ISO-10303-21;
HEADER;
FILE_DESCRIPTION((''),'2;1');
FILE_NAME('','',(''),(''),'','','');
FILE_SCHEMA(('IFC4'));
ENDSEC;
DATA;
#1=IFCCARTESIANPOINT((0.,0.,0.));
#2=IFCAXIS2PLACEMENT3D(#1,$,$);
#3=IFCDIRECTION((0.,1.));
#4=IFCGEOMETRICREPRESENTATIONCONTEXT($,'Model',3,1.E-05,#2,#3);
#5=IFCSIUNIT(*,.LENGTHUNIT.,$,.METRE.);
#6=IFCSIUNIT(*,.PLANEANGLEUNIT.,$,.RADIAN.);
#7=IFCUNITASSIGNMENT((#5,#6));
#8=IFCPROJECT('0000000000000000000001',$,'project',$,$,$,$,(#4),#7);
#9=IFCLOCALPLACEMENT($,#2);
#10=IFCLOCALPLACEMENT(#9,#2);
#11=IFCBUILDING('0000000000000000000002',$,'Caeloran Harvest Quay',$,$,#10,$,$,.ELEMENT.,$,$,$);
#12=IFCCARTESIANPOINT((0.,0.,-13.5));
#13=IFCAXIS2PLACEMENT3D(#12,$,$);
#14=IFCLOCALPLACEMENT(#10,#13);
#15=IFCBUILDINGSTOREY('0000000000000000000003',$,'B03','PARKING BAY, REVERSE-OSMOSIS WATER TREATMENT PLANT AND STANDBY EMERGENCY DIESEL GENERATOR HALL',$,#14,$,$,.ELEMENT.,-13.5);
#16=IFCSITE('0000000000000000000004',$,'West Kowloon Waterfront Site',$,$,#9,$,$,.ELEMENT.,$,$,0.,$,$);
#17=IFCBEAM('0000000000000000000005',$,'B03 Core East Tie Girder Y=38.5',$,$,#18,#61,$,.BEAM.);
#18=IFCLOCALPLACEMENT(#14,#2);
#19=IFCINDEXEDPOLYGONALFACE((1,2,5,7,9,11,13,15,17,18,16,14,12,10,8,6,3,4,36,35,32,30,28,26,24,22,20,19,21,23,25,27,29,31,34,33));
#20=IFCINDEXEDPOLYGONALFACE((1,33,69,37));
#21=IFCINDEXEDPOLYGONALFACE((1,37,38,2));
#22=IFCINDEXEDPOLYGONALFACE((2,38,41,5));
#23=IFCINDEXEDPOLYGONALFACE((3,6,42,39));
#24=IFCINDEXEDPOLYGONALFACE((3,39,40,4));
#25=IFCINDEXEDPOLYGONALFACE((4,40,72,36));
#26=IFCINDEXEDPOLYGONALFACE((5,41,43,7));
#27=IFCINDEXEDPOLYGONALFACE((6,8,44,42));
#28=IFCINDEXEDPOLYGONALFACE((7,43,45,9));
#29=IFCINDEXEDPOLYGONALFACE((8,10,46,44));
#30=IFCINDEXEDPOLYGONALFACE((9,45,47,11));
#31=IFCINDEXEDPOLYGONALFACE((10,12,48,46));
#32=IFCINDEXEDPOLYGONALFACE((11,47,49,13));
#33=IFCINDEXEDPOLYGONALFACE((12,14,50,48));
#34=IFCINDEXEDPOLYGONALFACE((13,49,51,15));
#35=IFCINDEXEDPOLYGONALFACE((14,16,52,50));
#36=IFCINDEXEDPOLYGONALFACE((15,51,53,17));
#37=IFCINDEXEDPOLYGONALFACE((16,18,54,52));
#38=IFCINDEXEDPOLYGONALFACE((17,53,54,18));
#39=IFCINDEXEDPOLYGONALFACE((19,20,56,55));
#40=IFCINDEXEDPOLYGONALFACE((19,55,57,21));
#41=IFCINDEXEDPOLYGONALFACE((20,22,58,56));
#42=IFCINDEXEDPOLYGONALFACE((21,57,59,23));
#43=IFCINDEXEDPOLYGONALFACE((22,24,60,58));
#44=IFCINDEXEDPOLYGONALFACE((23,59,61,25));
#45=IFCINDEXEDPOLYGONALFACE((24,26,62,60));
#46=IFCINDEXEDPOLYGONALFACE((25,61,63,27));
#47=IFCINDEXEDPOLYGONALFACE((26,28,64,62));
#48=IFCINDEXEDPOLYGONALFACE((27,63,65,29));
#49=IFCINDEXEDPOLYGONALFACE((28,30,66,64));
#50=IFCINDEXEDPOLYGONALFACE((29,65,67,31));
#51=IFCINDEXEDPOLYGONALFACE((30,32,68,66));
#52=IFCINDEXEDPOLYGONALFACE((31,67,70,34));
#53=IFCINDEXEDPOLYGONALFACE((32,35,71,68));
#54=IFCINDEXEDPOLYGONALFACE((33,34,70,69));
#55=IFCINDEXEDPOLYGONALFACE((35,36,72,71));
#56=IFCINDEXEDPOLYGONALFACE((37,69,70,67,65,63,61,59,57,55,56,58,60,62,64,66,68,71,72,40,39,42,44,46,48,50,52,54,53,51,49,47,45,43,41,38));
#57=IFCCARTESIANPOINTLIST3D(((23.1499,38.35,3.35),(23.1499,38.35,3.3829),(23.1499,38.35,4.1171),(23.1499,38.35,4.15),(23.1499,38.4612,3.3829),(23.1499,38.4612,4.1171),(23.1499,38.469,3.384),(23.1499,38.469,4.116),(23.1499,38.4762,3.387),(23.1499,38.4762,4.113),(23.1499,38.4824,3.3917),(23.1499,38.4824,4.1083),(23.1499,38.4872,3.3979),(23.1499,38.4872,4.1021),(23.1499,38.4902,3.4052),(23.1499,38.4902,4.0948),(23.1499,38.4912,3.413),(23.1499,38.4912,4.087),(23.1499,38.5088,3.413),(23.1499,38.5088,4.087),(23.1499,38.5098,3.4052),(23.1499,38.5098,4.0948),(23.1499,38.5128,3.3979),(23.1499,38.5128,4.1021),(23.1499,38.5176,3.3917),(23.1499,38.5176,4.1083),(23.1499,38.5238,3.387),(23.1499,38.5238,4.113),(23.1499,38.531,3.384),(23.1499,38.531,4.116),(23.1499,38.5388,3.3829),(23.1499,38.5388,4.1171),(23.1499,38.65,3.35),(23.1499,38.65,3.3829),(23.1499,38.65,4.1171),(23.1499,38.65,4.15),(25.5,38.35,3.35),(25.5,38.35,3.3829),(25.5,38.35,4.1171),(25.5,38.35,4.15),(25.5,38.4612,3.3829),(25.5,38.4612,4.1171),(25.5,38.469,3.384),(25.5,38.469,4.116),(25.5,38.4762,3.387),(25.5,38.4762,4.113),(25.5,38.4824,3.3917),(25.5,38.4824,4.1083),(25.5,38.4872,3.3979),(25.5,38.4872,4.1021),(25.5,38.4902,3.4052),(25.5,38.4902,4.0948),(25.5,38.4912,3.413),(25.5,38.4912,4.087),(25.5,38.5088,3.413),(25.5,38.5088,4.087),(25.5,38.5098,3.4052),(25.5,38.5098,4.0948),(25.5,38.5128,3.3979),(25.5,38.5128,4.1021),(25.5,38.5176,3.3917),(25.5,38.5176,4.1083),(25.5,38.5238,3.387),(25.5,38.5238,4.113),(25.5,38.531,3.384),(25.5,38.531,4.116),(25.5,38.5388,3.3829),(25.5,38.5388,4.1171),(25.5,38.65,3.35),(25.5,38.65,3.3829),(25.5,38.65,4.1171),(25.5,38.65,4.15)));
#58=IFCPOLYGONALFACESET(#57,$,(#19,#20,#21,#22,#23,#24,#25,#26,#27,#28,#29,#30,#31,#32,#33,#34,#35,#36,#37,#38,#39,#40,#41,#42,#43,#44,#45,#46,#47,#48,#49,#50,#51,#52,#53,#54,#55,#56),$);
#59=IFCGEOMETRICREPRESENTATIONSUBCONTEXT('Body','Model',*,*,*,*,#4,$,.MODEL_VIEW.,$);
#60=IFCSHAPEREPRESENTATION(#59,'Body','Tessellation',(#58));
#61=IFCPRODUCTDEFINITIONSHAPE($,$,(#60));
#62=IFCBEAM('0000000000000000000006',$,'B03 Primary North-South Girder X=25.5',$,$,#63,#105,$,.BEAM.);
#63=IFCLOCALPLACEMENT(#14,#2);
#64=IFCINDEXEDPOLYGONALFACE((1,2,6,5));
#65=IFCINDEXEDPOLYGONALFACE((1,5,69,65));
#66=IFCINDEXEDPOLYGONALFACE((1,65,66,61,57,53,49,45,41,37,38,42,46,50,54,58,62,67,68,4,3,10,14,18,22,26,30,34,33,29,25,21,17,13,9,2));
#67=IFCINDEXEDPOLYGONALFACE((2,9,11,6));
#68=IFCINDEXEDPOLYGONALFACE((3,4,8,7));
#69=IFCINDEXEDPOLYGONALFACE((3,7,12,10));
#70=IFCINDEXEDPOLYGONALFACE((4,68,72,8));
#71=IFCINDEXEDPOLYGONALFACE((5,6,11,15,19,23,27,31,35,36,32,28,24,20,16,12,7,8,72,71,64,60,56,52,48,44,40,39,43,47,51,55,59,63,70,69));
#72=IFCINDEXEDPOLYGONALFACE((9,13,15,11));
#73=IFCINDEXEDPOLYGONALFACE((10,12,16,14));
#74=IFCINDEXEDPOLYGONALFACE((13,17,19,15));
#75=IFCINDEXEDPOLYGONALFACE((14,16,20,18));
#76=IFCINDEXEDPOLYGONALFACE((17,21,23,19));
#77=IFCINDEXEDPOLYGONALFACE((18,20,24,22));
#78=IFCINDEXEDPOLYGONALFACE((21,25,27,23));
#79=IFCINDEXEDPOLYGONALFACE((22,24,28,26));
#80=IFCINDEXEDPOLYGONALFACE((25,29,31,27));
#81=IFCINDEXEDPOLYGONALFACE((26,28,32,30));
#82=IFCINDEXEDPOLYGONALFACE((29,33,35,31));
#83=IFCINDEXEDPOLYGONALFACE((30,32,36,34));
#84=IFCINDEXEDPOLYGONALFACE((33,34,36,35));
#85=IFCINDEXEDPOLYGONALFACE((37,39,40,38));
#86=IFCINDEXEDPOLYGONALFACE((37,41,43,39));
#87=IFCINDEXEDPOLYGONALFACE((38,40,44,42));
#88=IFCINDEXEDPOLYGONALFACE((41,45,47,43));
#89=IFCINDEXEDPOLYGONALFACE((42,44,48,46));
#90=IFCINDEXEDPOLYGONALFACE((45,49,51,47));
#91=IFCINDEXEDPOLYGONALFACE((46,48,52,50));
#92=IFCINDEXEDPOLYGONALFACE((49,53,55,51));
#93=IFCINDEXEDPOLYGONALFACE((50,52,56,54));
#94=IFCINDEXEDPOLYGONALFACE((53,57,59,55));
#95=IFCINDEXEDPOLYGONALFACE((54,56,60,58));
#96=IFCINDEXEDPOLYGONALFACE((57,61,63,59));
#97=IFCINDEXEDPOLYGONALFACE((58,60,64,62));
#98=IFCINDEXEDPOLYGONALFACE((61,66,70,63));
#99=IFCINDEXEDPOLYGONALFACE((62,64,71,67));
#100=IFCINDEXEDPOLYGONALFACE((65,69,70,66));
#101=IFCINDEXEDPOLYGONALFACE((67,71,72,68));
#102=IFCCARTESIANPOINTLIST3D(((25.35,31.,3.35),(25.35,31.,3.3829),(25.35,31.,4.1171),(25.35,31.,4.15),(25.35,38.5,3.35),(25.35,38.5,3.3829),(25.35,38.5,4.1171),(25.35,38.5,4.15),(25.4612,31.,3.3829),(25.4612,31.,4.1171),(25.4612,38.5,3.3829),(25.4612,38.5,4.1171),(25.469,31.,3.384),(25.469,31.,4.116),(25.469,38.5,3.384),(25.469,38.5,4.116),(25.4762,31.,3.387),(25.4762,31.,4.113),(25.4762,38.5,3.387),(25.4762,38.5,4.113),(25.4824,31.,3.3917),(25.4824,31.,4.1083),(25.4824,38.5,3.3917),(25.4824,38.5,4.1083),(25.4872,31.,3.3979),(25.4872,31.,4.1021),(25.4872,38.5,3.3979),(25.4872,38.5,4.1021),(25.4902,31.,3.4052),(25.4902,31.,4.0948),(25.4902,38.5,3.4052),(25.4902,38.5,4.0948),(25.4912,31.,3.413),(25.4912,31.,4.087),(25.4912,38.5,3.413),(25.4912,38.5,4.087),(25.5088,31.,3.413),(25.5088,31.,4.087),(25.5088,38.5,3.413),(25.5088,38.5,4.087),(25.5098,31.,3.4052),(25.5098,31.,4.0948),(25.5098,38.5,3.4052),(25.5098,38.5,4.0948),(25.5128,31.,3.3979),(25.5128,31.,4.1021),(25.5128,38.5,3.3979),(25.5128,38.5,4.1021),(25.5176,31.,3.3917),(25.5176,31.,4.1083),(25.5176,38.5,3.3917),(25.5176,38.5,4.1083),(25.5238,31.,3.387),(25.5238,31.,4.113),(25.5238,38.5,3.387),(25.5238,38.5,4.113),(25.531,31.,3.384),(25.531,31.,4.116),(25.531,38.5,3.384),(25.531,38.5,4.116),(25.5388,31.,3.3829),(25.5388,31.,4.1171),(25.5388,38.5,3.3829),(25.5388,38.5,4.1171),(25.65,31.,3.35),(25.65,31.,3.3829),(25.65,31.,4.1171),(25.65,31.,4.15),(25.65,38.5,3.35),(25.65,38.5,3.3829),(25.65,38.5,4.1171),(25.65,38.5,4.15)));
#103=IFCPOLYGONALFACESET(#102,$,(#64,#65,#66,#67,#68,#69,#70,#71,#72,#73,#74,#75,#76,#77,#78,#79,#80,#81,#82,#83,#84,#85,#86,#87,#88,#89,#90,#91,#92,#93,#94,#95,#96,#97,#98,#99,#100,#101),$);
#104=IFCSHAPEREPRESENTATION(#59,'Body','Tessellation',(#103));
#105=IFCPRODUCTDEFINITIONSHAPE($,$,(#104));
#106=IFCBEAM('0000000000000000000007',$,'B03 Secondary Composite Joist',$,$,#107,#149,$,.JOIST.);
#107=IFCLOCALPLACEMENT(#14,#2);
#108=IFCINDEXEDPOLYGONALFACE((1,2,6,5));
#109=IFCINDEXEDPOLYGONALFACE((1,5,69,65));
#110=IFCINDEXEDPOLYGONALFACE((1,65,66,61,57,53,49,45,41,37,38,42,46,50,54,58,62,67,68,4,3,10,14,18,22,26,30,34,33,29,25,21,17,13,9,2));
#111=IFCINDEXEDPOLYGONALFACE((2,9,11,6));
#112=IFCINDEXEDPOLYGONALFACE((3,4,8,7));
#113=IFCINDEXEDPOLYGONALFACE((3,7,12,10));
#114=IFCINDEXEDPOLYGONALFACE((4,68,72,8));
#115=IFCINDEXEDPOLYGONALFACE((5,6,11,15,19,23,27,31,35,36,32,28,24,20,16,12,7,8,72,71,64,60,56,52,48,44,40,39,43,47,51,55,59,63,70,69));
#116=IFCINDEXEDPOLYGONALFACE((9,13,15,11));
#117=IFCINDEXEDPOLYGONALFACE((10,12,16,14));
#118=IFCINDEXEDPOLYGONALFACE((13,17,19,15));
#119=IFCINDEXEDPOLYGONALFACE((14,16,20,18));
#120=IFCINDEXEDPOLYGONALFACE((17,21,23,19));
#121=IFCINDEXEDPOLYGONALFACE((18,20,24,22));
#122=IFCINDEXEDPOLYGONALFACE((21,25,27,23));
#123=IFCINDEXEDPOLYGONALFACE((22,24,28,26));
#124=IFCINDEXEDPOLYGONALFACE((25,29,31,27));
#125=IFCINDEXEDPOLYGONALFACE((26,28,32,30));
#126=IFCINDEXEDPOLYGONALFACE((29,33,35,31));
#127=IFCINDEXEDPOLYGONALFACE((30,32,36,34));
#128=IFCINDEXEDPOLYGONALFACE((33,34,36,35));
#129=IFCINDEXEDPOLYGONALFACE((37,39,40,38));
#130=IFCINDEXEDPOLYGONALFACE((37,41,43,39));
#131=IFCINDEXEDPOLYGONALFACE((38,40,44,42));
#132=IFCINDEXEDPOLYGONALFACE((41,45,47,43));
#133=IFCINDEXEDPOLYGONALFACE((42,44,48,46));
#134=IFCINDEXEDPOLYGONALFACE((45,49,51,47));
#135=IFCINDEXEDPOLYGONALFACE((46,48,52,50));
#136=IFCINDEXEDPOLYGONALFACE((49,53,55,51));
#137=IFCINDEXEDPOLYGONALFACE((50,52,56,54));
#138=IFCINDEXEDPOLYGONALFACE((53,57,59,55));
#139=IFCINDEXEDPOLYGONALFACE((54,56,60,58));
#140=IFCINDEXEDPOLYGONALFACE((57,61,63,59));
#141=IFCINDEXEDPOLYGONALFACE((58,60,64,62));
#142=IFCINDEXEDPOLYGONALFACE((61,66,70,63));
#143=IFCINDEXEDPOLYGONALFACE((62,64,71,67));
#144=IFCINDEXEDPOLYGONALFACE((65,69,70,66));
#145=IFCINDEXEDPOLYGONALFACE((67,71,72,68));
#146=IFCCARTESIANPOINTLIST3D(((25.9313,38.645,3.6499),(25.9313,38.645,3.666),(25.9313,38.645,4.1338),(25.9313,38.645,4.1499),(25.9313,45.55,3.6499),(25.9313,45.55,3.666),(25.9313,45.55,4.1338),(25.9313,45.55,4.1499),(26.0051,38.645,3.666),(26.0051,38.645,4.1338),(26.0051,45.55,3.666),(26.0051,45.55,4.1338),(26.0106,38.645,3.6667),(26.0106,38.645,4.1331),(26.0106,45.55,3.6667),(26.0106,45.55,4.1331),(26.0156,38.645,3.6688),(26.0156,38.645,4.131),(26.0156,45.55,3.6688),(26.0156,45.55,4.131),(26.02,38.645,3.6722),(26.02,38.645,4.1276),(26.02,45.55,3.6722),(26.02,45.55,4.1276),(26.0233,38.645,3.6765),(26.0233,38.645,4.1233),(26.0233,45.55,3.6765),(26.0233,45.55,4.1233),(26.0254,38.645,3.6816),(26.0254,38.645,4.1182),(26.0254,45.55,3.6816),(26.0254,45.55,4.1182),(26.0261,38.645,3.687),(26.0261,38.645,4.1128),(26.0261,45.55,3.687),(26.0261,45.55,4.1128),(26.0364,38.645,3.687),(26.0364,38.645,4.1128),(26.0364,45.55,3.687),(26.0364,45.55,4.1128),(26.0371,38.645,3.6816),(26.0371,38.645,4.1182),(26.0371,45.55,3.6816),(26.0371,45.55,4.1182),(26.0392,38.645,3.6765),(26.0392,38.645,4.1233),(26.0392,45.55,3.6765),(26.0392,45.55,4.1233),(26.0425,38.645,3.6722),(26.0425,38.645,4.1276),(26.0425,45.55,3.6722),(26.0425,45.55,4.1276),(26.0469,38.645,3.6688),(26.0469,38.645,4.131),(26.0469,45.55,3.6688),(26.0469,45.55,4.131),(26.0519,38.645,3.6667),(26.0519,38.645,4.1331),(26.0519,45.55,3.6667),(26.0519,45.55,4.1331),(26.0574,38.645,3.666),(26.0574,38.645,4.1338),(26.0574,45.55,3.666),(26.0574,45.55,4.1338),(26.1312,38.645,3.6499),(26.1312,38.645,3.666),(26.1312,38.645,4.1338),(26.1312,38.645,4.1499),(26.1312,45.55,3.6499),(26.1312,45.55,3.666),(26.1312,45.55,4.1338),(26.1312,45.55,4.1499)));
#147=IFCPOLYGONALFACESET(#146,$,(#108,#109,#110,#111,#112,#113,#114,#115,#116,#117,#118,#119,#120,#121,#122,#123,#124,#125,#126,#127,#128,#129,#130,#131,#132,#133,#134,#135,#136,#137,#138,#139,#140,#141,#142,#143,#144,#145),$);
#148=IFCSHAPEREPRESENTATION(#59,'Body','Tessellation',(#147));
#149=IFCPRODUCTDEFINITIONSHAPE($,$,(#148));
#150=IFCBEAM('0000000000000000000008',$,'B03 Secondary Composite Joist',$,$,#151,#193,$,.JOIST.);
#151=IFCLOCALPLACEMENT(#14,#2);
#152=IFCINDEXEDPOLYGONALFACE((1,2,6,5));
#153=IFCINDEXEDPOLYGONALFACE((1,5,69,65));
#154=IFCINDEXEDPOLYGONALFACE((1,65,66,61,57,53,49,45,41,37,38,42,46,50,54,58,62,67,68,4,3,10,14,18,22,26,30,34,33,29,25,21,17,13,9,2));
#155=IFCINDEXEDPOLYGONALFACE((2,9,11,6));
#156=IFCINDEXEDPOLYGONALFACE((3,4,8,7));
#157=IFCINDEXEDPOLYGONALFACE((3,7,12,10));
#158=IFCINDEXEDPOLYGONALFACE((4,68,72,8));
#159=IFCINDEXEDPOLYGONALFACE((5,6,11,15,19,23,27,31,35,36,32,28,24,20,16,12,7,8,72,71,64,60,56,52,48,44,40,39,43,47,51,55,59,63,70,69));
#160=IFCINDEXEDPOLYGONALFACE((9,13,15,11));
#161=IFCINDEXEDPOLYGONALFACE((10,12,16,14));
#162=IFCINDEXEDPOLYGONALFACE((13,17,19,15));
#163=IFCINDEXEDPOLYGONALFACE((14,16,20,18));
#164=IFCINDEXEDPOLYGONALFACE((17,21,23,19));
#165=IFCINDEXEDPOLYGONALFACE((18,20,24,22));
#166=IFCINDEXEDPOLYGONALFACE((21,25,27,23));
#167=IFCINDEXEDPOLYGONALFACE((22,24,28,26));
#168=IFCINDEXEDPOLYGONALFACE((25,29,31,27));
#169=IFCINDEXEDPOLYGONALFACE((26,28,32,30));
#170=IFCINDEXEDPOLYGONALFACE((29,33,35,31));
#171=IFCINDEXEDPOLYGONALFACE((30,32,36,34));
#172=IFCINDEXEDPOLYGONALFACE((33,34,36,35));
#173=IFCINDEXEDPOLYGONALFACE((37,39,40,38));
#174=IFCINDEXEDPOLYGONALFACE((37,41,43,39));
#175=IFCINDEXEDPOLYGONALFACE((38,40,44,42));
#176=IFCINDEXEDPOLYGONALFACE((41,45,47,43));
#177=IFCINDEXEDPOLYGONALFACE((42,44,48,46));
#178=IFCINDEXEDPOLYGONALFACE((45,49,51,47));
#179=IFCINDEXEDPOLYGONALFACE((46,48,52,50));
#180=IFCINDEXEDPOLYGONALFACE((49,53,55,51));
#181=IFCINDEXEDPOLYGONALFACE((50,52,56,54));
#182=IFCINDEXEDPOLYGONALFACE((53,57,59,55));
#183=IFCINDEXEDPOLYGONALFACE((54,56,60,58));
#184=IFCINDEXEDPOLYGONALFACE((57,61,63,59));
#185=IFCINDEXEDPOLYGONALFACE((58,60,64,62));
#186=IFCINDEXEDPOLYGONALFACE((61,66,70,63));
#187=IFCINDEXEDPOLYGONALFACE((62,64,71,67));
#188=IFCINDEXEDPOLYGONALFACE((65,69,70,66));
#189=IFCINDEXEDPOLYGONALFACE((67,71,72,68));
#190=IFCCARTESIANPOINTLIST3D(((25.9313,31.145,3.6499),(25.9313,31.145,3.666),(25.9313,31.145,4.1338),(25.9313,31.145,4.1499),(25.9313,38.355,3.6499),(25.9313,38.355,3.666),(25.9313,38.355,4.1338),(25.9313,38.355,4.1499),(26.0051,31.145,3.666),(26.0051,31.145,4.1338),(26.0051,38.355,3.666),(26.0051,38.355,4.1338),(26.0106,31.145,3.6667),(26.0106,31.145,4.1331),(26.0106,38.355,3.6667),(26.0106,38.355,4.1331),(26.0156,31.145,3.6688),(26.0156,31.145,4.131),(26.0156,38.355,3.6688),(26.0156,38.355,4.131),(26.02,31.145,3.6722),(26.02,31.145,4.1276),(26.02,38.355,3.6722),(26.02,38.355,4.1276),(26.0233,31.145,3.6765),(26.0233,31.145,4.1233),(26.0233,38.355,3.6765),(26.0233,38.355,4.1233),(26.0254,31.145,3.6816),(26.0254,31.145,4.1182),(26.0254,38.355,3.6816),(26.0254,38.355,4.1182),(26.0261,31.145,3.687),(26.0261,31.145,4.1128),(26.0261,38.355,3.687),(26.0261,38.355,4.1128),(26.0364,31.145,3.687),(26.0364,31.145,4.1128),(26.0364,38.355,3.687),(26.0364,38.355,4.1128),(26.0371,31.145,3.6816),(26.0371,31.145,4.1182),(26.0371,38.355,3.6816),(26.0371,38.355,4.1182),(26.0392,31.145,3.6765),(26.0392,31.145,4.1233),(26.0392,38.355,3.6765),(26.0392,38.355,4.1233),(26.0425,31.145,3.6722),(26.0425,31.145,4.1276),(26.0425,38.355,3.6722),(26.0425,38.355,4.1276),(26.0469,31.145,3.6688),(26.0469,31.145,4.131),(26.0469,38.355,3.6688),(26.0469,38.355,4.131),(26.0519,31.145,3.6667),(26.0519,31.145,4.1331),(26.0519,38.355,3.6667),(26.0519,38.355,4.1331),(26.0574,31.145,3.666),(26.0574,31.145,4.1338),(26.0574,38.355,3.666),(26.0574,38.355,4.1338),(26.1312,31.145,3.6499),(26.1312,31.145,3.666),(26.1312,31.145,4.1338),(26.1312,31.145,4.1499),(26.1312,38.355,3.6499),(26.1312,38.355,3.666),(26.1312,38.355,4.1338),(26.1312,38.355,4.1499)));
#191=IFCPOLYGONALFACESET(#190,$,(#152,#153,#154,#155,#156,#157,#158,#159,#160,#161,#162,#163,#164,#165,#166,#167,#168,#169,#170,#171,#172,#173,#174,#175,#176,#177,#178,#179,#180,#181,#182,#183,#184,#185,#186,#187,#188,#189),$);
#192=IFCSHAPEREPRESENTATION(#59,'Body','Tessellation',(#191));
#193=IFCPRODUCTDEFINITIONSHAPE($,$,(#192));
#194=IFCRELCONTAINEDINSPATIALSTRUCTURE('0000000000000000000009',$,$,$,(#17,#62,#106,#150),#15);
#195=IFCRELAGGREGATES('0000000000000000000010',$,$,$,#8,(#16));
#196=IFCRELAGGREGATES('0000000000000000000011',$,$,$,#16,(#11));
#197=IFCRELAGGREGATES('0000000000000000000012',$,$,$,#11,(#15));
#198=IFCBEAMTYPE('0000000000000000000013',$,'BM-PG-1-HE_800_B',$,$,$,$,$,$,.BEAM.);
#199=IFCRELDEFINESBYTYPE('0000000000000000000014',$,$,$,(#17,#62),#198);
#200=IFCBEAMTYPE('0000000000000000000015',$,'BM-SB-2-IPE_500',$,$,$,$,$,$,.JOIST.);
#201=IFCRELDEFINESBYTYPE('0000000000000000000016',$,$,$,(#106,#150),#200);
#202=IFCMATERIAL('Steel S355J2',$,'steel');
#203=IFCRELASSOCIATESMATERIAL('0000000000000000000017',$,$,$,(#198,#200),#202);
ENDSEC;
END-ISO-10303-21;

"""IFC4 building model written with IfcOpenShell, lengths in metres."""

from ifc_helpers import new_model, si_unit, direction, frame, origin, origin_2d, place, context, subcontext, project, spatial, i_section, extrude, material, material_profile, profile_set, type_object, element, save


model = new_model("IFC4")

# Units and contexts
model_context = context("Model", 3, precision=1e-05, world=origin(), true_north=direction((0.0, 1.0)))
body_context = subcontext(model_context, "Body", "Model", "MODEL_VIEW")
ifc_project = project(units=[si_unit("LENGTHUNIT", "METRE"), si_unit("PLANEANGLEUNIT", "RADIAN")], contexts=[model_context])

# Site, building, storey
site_placement = place(None, origin())
site = spatial("IfcSite", under=ifc_project, at=site_placement, Name="West Kowloon Waterfront Site", CompositionType="ELEMENT", RefElevation=0.0)
building_placement = place(site_placement, origin())
building = spatial("IfcBuilding", under=site, at=building_placement, Name="Caeloran Harvest Quay", CompositionType="ELEMENT")
storey_placement = place(building_placement, frame((0.0, 0.0, -13.5)))
storey = spatial("IfcBuildingStorey", under=building, at=storey_placement, Name="B03", Description="PARKING BAY, REVERSE-OSMOSIS WATER TREATMENT PLANT AND STANDBY EMERGENCY DIESEL GENERATOR HALL", CompositionType="ELEMENT", Elevation=-13.5)

# Beams
ifc_material_1 = material(Name="Steel S355J2", Category="steel")
ifc_material_profile_1 = material_profile(ifc_material_1, i_section(OverallWidth=0.3, OverallDepth=0.8, WebThickness=0.0176, FlangeThickness=0.033, FilletRadius=0.03, at=origin_2d()), Name="HE 800 B")
ifc_profile_set_1 = profile_set([ifc_material_profile_1], Name="Steel S355J2")
beam_type_1 = type_object("IfcBeamType", Name="BM-PG-1-HE_800_B", PredefinedType="BEAM", material=ifc_profile_set_1)
beam_1_placement = place(storey_placement, frame((23.1499, 38.5, 3.75), z_axis=(1.0, 0.0, 0.0), x_axis=(0.0, 1.0, 0.0)))
element("IfcBeam", 1, at=beam_1_placement, inside=storey, type_object=beam_type_1, Name="B03 Core East Tie Girder Y=38.5", PredefinedType="BEAM", context=body_context, shape_type="SweptSolid", body=[
    extrude(i_section(OverallWidth=0.3, OverallDepth=0.8, WebThickness=0.0176, FlangeThickness=0.033, FilletRadius=0.03, at=origin_2d()), origin(), (0.0, 0.0, 1.0), 2.3501),
])
beam_2_placement = place(storey_placement, frame((25.5, 31.0, 3.75), z_axis=(0.0, 1.0, 0.0), x_axis=(-1.0, 0.0, 0.0)))
element("IfcBeam", 2, at=beam_2_placement, inside=storey, type_object=beam_type_1, Name="B03 Primary North-South Girder X=25.5", PredefinedType="BEAM", context=body_context, shape_type="SweptSolid", body=[
    extrude(i_section(OverallWidth=0.3, OverallDepth=0.8, WebThickness=0.0176, FlangeThickness=0.033, FilletRadius=0.03, at=origin_2d()), origin(), (0.0, 0.0, 1.0), 7.5),
])
ifc_material_profile_2 = material_profile(ifc_material_1, i_section(OverallWidth=0.2, OverallDepth=0.5, WebThickness=0.0103, FlangeThickness=0.0161, FilletRadius=0.021, at=origin_2d()), Name="IPE 500")
ifc_profile_set_2 = profile_set([ifc_material_profile_2], Name="Steel S355J2")
beam_type_2 = type_object("IfcBeamType", Name="BM-SB-2-IPE_500", PredefinedType="JOIST", material=ifc_profile_set_2)
beam_3_placement = place(storey_placement, frame((26.0312, 38.645, 3.8999), z_axis=(0.0, 1.0, 0.0), x_axis=(-1.0, 0.0, 0.0)))
element("IfcBeam", 3, at=beam_3_placement, inside=storey, type_object=beam_type_2, Name="B03 Secondary Composite Joist", PredefinedType="JOIST", context=body_context, shape_type="SweptSolid", body=[
    extrude(i_section(OverallWidth=0.2, OverallDepth=0.5, WebThickness=0.0103, FlangeThickness=0.0161, FilletRadius=0.021, at=origin_2d()), origin(), (0.0, 0.0, 1.0), 6.905),
])
beam_4_placement = place(storey_placement, frame((26.0312, 31.145, 3.8999), z_axis=(0.0, 1.0, 0.0), x_axis=(-1.0, 0.0, 0.0)))
element("IfcBeam", 4, at=beam_4_placement, inside=storey, type_object=beam_type_2, Name="B03 Secondary Composite Joist", PredefinedType="JOIST", context=body_context, shape_type="SweptSolid", body=[
    extrude(i_section(OverallWidth=0.2, OverallDepth=0.5, WebThickness=0.0103, FlangeThickness=0.0161, FilletRadius=0.021, at=origin_2d()), origin(), (0.0, 0.0, 1.0), 7.21),
])

save(model, "model.ifc")
